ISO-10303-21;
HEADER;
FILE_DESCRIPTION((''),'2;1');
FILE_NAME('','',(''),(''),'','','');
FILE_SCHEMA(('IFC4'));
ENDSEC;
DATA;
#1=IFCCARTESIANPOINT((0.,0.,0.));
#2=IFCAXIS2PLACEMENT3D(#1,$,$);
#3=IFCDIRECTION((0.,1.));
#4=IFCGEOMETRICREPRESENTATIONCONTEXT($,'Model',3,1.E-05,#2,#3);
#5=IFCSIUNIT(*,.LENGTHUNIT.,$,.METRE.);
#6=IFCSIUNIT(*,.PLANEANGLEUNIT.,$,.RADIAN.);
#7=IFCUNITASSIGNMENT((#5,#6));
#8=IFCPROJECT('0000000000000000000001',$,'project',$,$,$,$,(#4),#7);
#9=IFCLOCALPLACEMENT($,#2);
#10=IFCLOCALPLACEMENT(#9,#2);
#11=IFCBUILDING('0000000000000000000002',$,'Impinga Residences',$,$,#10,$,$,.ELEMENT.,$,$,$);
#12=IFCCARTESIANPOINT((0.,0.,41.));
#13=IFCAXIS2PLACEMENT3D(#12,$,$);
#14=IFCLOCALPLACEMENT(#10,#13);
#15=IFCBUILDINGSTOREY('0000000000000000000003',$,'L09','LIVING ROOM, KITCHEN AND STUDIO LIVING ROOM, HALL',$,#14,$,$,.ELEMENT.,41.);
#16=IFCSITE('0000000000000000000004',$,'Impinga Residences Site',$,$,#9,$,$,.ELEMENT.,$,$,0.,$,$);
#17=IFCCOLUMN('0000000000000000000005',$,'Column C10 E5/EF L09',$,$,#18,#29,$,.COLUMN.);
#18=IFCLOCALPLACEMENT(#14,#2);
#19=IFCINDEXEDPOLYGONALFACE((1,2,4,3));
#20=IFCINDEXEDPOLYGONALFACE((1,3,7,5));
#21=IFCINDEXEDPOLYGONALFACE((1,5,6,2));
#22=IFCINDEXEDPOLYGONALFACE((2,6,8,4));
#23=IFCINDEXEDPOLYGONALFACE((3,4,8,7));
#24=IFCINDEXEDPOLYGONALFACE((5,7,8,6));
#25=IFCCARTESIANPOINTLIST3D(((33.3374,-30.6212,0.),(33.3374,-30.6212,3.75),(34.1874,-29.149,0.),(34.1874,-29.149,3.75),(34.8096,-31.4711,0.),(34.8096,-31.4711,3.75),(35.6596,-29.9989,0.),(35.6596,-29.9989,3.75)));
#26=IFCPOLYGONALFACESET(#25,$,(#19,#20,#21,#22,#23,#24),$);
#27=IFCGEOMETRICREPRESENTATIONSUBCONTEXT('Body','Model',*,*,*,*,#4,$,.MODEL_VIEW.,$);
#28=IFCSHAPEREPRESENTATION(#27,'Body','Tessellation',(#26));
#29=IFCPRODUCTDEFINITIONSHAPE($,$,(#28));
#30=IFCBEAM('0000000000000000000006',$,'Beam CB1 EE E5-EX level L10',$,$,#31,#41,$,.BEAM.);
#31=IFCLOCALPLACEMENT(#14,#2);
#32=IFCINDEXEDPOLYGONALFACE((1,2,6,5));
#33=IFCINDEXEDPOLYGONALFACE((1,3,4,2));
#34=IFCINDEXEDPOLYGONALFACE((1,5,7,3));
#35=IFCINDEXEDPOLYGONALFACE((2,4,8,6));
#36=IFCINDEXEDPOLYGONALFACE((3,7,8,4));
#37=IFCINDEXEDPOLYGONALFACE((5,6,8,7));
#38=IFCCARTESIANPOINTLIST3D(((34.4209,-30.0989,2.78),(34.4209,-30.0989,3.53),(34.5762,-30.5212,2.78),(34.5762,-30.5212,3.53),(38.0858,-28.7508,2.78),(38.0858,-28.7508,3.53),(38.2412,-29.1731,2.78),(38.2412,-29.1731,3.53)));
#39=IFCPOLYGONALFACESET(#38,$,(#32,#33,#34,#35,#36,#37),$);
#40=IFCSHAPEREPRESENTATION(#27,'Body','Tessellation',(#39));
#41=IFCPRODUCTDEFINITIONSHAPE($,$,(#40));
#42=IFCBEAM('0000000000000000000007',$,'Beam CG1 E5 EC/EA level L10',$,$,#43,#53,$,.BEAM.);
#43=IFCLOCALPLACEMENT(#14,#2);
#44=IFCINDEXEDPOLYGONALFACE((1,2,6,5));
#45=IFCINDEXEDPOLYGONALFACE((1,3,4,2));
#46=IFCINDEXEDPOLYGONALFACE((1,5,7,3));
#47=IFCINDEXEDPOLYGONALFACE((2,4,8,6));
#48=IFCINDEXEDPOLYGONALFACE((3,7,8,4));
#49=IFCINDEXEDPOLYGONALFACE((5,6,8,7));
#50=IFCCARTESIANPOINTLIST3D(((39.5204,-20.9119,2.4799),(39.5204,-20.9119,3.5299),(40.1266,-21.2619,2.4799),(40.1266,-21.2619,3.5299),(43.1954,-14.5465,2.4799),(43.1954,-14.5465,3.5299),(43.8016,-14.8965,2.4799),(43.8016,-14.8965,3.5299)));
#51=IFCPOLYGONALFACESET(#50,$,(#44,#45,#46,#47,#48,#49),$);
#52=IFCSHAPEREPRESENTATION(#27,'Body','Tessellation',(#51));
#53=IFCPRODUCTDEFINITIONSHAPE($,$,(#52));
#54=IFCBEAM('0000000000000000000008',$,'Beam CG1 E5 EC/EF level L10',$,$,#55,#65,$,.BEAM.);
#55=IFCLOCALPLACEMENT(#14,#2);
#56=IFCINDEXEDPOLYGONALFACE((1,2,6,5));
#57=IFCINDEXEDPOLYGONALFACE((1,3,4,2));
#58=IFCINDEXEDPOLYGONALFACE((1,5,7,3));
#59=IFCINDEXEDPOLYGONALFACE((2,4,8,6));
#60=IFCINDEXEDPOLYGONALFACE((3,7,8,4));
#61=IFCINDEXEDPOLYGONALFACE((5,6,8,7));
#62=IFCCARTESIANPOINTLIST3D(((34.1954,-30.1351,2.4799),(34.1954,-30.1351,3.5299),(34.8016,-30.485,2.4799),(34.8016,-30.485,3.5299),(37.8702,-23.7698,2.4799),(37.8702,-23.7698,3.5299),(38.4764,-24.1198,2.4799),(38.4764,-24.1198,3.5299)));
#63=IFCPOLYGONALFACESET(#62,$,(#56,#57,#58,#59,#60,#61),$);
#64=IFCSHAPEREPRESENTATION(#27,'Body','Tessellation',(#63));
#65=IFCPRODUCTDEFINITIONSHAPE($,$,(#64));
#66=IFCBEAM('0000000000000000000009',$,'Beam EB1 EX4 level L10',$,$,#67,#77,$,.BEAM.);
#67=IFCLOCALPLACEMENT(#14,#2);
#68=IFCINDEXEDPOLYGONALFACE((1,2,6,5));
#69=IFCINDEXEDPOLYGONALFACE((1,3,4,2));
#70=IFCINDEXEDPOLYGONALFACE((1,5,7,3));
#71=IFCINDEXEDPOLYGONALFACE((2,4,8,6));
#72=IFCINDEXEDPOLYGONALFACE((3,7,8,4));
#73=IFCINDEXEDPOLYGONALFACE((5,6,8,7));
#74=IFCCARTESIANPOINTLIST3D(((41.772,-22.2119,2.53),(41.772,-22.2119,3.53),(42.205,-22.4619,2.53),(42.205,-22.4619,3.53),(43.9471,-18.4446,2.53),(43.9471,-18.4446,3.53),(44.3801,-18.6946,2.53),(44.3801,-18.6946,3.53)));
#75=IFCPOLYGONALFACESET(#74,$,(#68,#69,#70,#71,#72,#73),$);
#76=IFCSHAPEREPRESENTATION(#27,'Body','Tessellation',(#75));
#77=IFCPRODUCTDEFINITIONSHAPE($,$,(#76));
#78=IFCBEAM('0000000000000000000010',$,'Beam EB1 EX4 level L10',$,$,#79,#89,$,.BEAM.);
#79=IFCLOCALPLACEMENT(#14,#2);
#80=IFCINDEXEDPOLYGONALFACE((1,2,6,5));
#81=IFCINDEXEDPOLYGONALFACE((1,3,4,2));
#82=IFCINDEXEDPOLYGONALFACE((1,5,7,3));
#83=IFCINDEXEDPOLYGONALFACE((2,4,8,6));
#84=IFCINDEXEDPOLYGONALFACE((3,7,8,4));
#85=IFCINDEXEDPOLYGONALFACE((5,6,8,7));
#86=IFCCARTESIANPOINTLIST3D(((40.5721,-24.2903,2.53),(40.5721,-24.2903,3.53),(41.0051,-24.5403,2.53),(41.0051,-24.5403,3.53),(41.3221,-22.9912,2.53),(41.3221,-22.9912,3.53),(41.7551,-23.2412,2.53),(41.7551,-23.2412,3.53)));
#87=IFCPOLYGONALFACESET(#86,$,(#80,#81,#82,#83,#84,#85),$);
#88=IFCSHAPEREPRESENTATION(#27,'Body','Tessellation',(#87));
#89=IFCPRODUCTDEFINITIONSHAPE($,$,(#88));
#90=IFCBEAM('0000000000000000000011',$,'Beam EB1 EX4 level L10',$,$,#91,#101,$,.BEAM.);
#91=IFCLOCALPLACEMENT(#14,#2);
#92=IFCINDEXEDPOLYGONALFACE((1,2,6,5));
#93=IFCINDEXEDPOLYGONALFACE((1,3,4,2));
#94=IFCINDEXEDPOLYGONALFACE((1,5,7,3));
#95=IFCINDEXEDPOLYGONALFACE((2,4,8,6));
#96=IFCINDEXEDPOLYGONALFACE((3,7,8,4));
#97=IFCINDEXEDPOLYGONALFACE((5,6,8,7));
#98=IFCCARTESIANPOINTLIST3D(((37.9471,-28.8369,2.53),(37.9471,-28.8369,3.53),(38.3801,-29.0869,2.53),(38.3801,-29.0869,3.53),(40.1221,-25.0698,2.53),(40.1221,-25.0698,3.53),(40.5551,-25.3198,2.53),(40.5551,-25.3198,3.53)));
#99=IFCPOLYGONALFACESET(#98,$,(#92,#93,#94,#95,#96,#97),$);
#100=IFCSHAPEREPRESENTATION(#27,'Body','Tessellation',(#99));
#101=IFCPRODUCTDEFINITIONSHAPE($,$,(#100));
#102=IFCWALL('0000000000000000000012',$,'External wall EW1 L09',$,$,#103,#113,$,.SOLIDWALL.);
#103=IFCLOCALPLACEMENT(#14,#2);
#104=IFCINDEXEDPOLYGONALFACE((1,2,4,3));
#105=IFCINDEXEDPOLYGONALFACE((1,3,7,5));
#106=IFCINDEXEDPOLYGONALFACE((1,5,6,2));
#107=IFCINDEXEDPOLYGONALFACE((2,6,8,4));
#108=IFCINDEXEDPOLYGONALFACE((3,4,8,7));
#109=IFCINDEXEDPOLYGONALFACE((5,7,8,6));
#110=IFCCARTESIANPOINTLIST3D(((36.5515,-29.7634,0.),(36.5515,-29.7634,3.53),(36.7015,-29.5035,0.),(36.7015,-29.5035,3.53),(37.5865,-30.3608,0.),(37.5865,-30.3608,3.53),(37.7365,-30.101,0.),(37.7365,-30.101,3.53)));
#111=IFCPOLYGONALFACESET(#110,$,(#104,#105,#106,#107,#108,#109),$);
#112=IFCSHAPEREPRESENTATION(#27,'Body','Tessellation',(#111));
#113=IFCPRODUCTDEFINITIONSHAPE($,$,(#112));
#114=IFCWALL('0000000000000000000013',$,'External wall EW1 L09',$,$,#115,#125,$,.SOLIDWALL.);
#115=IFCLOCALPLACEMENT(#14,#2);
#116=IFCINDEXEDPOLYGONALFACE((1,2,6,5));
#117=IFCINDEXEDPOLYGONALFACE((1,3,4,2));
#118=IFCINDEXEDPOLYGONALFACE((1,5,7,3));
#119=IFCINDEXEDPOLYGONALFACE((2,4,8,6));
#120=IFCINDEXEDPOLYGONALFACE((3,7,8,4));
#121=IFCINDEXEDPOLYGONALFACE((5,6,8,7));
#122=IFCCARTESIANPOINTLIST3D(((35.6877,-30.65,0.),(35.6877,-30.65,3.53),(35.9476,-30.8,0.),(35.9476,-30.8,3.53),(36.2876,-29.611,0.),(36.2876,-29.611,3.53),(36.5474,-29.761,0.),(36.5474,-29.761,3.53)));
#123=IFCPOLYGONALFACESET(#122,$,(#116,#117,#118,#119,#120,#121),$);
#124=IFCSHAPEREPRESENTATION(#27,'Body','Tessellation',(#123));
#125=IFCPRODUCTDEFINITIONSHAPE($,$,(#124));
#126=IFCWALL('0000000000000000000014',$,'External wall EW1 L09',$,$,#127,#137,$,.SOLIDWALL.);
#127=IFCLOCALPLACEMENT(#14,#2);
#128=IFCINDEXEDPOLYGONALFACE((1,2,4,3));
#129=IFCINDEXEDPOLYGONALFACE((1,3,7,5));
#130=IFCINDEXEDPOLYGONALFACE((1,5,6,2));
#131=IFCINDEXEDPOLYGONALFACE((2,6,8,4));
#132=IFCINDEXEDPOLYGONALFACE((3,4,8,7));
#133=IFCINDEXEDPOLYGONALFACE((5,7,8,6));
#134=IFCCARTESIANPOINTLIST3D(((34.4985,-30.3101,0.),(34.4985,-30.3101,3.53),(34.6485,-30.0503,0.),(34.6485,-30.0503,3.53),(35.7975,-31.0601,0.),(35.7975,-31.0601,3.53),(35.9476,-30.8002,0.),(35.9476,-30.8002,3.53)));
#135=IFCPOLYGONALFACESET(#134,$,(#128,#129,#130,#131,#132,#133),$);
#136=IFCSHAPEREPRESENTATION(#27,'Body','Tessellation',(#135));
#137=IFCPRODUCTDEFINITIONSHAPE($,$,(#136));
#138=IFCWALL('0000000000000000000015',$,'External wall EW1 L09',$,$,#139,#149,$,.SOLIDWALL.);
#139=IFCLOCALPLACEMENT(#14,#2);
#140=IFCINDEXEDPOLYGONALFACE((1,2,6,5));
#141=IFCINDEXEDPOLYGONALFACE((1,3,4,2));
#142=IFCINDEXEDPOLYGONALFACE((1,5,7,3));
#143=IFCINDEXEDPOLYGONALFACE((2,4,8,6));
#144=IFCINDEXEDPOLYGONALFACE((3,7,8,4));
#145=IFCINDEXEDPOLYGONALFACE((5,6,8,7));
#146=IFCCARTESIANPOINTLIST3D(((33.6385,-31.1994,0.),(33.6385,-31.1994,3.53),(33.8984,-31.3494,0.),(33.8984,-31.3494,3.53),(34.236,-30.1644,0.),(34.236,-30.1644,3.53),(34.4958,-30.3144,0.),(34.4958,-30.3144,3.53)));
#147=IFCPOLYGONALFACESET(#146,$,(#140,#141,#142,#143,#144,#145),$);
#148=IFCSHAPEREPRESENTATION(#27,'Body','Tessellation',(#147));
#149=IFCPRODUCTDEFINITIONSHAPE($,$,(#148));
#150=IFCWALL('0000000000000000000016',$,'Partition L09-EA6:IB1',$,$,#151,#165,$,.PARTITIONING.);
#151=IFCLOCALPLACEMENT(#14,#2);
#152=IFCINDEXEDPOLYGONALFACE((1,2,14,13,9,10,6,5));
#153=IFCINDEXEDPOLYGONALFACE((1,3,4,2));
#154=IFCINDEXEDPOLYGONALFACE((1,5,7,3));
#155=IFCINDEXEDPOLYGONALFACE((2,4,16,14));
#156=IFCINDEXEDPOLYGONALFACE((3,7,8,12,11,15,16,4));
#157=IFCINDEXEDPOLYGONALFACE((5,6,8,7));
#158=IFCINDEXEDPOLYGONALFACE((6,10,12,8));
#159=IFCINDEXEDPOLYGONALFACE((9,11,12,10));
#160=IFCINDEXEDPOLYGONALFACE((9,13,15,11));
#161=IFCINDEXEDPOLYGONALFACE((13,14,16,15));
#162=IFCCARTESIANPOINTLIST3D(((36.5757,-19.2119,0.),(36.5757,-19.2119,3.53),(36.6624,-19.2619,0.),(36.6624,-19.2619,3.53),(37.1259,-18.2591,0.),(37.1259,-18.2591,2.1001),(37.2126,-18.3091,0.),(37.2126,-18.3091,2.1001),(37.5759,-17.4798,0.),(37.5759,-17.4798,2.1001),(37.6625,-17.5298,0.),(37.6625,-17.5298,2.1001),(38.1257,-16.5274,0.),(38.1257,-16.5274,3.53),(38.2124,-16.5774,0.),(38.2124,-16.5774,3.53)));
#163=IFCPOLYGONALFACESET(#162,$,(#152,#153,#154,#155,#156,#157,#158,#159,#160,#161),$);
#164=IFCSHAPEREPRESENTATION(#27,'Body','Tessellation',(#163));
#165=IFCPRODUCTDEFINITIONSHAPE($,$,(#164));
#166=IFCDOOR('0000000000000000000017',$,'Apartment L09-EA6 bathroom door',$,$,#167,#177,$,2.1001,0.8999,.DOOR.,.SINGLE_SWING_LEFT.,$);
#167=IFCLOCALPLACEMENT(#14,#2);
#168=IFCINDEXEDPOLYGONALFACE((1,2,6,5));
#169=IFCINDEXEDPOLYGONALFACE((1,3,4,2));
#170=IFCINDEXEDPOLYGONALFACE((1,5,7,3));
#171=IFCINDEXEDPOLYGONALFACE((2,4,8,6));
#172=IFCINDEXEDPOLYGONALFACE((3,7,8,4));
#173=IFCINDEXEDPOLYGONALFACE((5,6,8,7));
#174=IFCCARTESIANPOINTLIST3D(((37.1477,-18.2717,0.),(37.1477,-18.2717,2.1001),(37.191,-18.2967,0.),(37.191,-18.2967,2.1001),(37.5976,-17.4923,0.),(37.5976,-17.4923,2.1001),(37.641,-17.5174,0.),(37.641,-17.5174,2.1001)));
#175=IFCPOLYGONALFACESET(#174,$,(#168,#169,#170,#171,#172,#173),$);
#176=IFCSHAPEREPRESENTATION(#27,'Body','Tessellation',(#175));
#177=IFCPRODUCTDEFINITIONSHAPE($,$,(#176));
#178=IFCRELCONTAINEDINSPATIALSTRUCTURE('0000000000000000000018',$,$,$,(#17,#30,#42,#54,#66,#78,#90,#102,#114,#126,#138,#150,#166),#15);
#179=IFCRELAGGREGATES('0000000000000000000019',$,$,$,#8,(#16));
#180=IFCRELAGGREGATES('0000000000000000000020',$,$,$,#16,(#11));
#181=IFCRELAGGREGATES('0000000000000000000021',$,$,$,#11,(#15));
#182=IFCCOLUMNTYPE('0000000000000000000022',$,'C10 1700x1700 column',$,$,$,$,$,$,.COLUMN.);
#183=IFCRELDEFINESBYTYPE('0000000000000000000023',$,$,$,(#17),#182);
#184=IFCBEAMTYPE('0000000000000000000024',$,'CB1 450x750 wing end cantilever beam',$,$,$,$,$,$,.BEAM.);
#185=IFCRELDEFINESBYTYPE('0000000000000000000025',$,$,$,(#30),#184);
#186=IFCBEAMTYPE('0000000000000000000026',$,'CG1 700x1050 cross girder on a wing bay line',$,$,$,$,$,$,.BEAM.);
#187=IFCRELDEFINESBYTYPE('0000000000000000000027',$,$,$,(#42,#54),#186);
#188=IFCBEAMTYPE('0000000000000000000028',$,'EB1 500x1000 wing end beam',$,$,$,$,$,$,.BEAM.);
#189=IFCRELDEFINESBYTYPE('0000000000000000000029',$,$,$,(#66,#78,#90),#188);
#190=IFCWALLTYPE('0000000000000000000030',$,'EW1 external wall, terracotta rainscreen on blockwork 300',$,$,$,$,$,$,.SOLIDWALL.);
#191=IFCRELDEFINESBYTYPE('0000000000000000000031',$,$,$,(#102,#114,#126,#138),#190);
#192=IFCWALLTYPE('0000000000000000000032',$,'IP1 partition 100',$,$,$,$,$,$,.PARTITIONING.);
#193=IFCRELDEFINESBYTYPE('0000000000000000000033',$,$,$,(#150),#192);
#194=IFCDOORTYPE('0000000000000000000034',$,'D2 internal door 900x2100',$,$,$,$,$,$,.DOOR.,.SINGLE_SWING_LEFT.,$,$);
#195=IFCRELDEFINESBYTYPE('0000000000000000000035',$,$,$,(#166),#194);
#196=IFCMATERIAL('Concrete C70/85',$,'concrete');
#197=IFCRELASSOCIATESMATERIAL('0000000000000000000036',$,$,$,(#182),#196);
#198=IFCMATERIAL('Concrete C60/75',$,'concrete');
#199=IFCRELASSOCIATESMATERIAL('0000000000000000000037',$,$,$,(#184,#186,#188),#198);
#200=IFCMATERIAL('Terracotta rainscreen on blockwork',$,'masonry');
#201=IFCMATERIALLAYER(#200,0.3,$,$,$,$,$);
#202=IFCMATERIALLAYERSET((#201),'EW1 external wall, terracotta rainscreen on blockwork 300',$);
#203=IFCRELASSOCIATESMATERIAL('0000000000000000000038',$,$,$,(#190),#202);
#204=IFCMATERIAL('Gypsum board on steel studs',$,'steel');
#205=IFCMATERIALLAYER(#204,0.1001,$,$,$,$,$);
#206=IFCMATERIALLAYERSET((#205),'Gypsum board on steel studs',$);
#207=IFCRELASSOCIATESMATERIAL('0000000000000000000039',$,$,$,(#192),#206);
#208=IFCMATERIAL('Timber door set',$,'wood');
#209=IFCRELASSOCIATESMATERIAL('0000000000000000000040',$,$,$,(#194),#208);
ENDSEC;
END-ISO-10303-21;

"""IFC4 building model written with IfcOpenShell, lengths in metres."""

from ifc_helpers import new_model, si_unit, direction, frame, frame_2d, origin, origin_2d, place, context, subcontext, project, spatial, rectangle, extrude, material, layer, layer_set, material_profile, profile_set, type_object, element, fill, save


model = new_model("IFC4")

# Units and contexts
model_context = context("Model", 3, precision=1e-05, world=origin(), true_north=direction((0.0, 1.0)))
body_context = subcontext(model_context, "Body", "Model", "MODEL_VIEW")
ifc_project = project(units=[si_unit("LENGTHUNIT", "METRE"), si_unit("PLANEANGLEUNIT", "RADIAN")], contexts=[model_context])

# Site, building, storey
site_placement = place(None, origin())
site = spatial("IfcSite", under=ifc_project, at=site_placement, Name="Impinga Residences Site", CompositionType="ELEMENT", RefElevation=0.0)
building_placement = place(site_placement, origin())
building = spatial("IfcBuilding", under=site, at=building_placement, Name="Impinga Residences", CompositionType="ELEMENT")
storey_placement = place(building_placement, frame((0.0, 0.0, 41.0)))
storey = spatial("IfcBuildingStorey", under=building, at=storey_placement, Name="L09", Description="LIVING ROOM, KITCHEN AND STUDIO LIVING ROOM, HALL", CompositionType="ELEMENT", Elevation=41.0)

# Column
ifc_material_1 = material(Name="Concrete C70/85", Category="concrete")
ifc_material_profile_1 = material_profile(ifc_material_1, rectangle(XDim=1.7, YDim=1.7, at=origin_2d()), Name="RC 1700x1700")
ifc_profile_set_1 = profile_set([ifc_material_profile_1], Name="Concrete C70/85")
column_type = type_object("IfcColumnType", Name="C10 1700x1700 column", PredefinedType="COLUMN", material=ifc_profile_set_1)
column_placement = place(storey_placement, frame((34.4985, -30.3101, 0.0), z_axis=(0.0, 0.0, 1.0), x_axis=(-0.5, -0.866025, 0.0)))
element("IfcColumn", 1, at=column_placement, inside=storey, type_object=column_type, Name="Column C10 E5/EF L09", PredefinedType="COLUMN", context=body_context, shape_type="SweptSolid", body=[
    extrude(rectangle(XDim=1.7, YDim=1.7, at=origin_2d()), origin(), (0.0, 0.0, 1.0), 3.75),
])

# Beams
ifc_material_2 = material(Name="Concrete C60/75", Category="concrete")
ifc_material_profile_2 = material_profile(ifc_material_2, rectangle(XDim=0.45, YDim=0.75, at=origin_2d()), Name="RC 450x750")
ifc_profile_set_2 = profile_set([ifc_material_profile_2], Name="Concrete C60/75")
beam_type_1 = type_object("IfcBeamType", Name="CB1 450x750 wing end cantilever beam", PredefinedType="BEAM", material=ifc_profile_set_2)
beam_1_placement = place(storey_placement, frame((34.4985, -30.3101, 3.155), z_axis=(0.93852, 0.345224, 0.0), x_axis=(-0.345224, 0.93852, 0.0)))
element("IfcBeam", 2, at=beam_1_placement, inside=storey, type_object=beam_type_1, Name="Beam CB1 EE E5-EX level L10", PredefinedType="BEAM", context=body_context, shape_type="SweptSolid", body=[
    extrude(rectangle(XDim=0.45, YDim=0.75, at=origin_2d()), origin(), (0.0, 0.0, 1.0), 3.905),
])
ifc_material_profile_3 = material_profile(ifc_material_2, rectangle(XDim=0.7, YDim=1.05, at=origin_2d()), Name="RC 700x1050")
ifc_profile_set_3 = profile_set([ifc_material_profile_3], Name="Concrete C60/75")
beam_type_2 = type_object("IfcBeamType", Name="CG1 700x1050 cross girder on a wing bay line", PredefinedType="BEAM", material=ifc_profile_set_3)
beam_2_placement = place(storey_placement, frame((39.8235, -21.0869, 3.0049), z_axis=(0.499994, 0.866029, 0.0), x_axis=(-0.866029, 0.499994, 0.0)))
element("IfcBeam", 3, at=beam_2_placement, inside=storey, type_object=beam_type_2, Name="Beam CG1 E5 EC/EA level L10", PredefinedType="BEAM", context=body_context, shape_type="SweptSolid", body=[
    extrude(rectangle(XDim=0.7, YDim=1.05, at=origin_2d()), origin(), (0.0, 0.0, 1.0), 7.3501),
])
beam_3_placement = place(storey_placement, frame((38.1733, -23.9448, 3.0049), z_axis=(-0.499983, -0.866035, 0.0), x_axis=(0.866035, -0.499983, 0.0)))
element("IfcBeam", 4, at=beam_3_placement, inside=storey, type_object=beam_type_2, Name="Beam CG1 E5 EC/EF level L10", PredefinedType="BEAM", context=body_context, shape_type="SweptSolid", body=[
    extrude(rectangle(XDim=0.7, YDim=1.05, at=origin_2d()), origin(), (0.0, 0.0, 1.0), 7.3499),
])
ifc_material_profile_4 = material_profile(ifc_material_2, rectangle(XDim=0.5, YDim=1.0, at=origin_2d()), Name="RC 500x1000")
ifc_profile_set_4 = profile_set([ifc_material_profile_4], Name="Concrete C60/75")
beam_type_3 = type_object("IfcBeamType", Name="EB1 500x1000 wing end beam", PredefinedType="BEAM", material=ifc_profile_set_4)
beam_4_placement = place(storey_placement, frame((44.1636, -18.5696, 3.03), z_axis=(-0.499996, -0.866028, 0.0), x_axis=(0.866028, -0.499996, 0.0)))
element("IfcBeam", 5, at=beam_4_placement, inside=storey, type_object=beam_type_3, Name="Beam EB1 EX4 level L10", PredefinedType="BEAM", context=body_context, shape_type="SweptSolid", body=[
    extrude(rectangle(XDim=0.5, YDim=1.0, at=origin_2d()), origin(), (0.0, 0.0, 1.0), 4.3501),
])
beam_5_placement = place(storey_placement, frame((41.5386, -23.1162, 3.03), z_axis=(-0.49999, -0.866031, 0.0), x_axis=(0.866031, -0.49999, 0.0)))
element("IfcBeam", 6, at=beam_5_placement, inside=storey, type_object=beam_type_3, Name="Beam EB1 EX4 level L10", PredefinedType="BEAM", context=body_context, shape_type="SweptSolid", body=[
    extrude(rectangle(XDim=0.5, YDim=1.0, at=origin_2d()), origin(), (0.0, 0.0, 1.0), 1.5),
])
beam_6_placement = place(storey_placement, frame((40.3386, -25.1948, 3.03), z_axis=(-0.50002, -0.866014, 0.0), x_axis=(0.866014, -0.50002, 0.0)))
element("IfcBeam", 7, at=beam_6_placement, inside=storey, type_object=beam_type_3, Name="Beam EB1 EX4 level L10", PredefinedType="BEAM", context=body_context, shape_type="SweptSolid", body=[
    extrude(rectangle(XDim=0.5, YDim=1.0, at=origin_2d()), origin(), (0.0, 0.0, 1.0), 4.3499),
])

# Walls
ifc_material_3 = material(Name="Terracotta rainscreen on blockwork", Category="masonry")
ifc_layer_1 = layer(ifc_material_3, 0.3)
ifc_layer_set_1 = layer_set([ifc_layer_1], Name="EW1 external wall, terracotta rainscreen on blockwork 300")
wall_type_1 = type_object("IfcWallType", Name="EW1 external wall, terracotta rainscreen on blockwork 300", PredefinedType="SOLIDWALL", material=ifc_layer_set_1)
wall_1_placement = place(storey_placement, frame((37.6616, -30.231, 0.0), z_axis=(0.0, 0.0, 1.0), x_axis=(-0.86606, 0.499941, 0.0)))
element("IfcWall", 8, at=wall_1_placement, inside=storey, type_object=wall_type_1, Name="External wall EW1 L09", PredefinedType="SOLIDWALL", context=body_context, shape_type="SweptSolid", body=[
    extrude(rectangle(XDim=1.1951, YDim=0.3, at=frame_2d((0.5977, 0.0))), origin(), (0.0, 0.0, 1.0), 3.53),
])
wall_2_placement = place(storey_placement, frame((36.4175, -29.686, 0.0), z_axis=(0.0, 0.0, 1.0), x_axis=(-0.499969, -0.866043, 0.0)))
element("IfcWall", 9, at=wall_2_placement, inside=storey, type_object=wall_type_1, Name="External wall EW1 L09", PredefinedType="SOLIDWALL", context=body_context, shape_type="SweptSolid", body=[
    extrude(rectangle(XDim=1.1997, YDim=0.3, at=frame_2d((0.5999, 0.0))), origin(), (0.0, 0.0, 1.0), 3.53),
])
wall_3_placement = place(storey_placement, frame((35.8726, -30.9302, 0.0), z_axis=(0.0, 0.0, 1.0), x_axis=(-0.866031, 0.49999, 0.0)))
element("IfcWall", 10, at=wall_3_placement, inside=storey, type_object=wall_type_1, Name="External wall EW1 L09", PredefinedType="SOLIDWALL", context=body_context, shape_type="SweptSolid", body=[
    extrude(rectangle(XDim=1.5, YDim=0.3, at=frame_2d((0.75, 0.0))), origin(), (0.0, 0.0, 1.0), 3.53),
])
wall_4_placement = place(storey_placement, frame((34.366, -30.2393, 0.0), z_axis=(0.0, 0.0, 1.0), x_axis=(-0.499941, -0.86606, 0.0)))
element("IfcWall", 11, at=wall_4_placement, inside=storey, type_object=wall_type_1, Name="External wall EW1 L09", PredefinedType="SOLIDWALL", context=body_context, shape_type="SweptSolid", body=[
    extrude(rectangle(XDim=1.1951, YDim=0.3, at=frame_2d((0.5977, 0.0))), origin(), (0.0, 0.0, 1.0), 3.53),
])

# Wall, opening, door
ifc_material_4 = material(Name="Gypsum board on steel studs", Category="steel")
ifc_layer_2 = layer(ifc_material_4, 0.1001)
ifc_layer_set_2 = layer_set([ifc_layer_2], Name="Gypsum board on steel studs")
wall_type_2 = type_object("IfcWallType", Name="IP1 partition 100", PredefinedType="PARTITIONING", material=ifc_layer_set_2)
wall_5_placement = place(storey_placement, frame((36.6191, -19.2368, 0.0), z_axis=(0.0, 0.0, 1.0), x_axis=(0.500027, 0.86601, 0.0)))
wall_5 = element("IfcWall", 12, at=wall_5_placement, inside=storey, type_object=wall_type_2, Name="Partition L09-EA6:IB1", PredefinedType="PARTITIONING", context=body_context, shape_type="SweptSolid", body=[
    extrude(rectangle(XDim=3.0999, YDim=0.1001, at=frame_2d((1.5498, 0.0))), origin(), (0.0, 0.0, 1.0), 3.53),
])
opening_1_placement = place(wall_5_placement, frame((1.1001, 0.0, 0.0)))
opening_1 = element("IfcOpeningElement", 13, at=opening_1_placement, cuts=wall_5, PredefinedType="OPENING", context=body_context, shape_type="SweptSolid", body=[
    extrude(rectangle(XDim=0.8999, YDim=2.1001, at=frame_2d((0.45, 1.05))), frame((0.0, 0.0601, 0.0), z_axis=(0.0, -1.0, 0.0), x_axis=(1.0, 0.0, 0.0)), (0.0, 0.0, 1.0), 0.1201),
])
ifc_material_5 = material(Name="Timber door set", Category="wood")
door_type = type_object("IfcDoorType", Name="D2 internal door 900x2100", OperationType="SINGLE_SWING_LEFT", PredefinedType="DOOR", material=ifc_material_5)
door_1_placement = place(opening_1_placement, origin())
door_1 = element("IfcDoor", 14, at=door_1_placement, inside=storey, type_object=door_type, Name="Apartment L09-EA6 bathroom door", OperationType="SINGLE_SWING_LEFT", OverallHeight=2.1001, OverallWidth=0.8999, PredefinedType="DOOR", context=body_context, shape_type="SweptSolid", body=[
    extrude(rectangle(XDim=0.8999, YDim=2.1001, at=frame_2d((0.45, 1.05))), frame((0.0, 0.0249, 0.0), z_axis=(0.0, -1.0, 0.0), x_axis=(1.0, 0.0, 0.0)), (0.0, 0.0, 1.0), 0.05),
])
fill(opening_1, door_1)

save(model, "model.ifc")
